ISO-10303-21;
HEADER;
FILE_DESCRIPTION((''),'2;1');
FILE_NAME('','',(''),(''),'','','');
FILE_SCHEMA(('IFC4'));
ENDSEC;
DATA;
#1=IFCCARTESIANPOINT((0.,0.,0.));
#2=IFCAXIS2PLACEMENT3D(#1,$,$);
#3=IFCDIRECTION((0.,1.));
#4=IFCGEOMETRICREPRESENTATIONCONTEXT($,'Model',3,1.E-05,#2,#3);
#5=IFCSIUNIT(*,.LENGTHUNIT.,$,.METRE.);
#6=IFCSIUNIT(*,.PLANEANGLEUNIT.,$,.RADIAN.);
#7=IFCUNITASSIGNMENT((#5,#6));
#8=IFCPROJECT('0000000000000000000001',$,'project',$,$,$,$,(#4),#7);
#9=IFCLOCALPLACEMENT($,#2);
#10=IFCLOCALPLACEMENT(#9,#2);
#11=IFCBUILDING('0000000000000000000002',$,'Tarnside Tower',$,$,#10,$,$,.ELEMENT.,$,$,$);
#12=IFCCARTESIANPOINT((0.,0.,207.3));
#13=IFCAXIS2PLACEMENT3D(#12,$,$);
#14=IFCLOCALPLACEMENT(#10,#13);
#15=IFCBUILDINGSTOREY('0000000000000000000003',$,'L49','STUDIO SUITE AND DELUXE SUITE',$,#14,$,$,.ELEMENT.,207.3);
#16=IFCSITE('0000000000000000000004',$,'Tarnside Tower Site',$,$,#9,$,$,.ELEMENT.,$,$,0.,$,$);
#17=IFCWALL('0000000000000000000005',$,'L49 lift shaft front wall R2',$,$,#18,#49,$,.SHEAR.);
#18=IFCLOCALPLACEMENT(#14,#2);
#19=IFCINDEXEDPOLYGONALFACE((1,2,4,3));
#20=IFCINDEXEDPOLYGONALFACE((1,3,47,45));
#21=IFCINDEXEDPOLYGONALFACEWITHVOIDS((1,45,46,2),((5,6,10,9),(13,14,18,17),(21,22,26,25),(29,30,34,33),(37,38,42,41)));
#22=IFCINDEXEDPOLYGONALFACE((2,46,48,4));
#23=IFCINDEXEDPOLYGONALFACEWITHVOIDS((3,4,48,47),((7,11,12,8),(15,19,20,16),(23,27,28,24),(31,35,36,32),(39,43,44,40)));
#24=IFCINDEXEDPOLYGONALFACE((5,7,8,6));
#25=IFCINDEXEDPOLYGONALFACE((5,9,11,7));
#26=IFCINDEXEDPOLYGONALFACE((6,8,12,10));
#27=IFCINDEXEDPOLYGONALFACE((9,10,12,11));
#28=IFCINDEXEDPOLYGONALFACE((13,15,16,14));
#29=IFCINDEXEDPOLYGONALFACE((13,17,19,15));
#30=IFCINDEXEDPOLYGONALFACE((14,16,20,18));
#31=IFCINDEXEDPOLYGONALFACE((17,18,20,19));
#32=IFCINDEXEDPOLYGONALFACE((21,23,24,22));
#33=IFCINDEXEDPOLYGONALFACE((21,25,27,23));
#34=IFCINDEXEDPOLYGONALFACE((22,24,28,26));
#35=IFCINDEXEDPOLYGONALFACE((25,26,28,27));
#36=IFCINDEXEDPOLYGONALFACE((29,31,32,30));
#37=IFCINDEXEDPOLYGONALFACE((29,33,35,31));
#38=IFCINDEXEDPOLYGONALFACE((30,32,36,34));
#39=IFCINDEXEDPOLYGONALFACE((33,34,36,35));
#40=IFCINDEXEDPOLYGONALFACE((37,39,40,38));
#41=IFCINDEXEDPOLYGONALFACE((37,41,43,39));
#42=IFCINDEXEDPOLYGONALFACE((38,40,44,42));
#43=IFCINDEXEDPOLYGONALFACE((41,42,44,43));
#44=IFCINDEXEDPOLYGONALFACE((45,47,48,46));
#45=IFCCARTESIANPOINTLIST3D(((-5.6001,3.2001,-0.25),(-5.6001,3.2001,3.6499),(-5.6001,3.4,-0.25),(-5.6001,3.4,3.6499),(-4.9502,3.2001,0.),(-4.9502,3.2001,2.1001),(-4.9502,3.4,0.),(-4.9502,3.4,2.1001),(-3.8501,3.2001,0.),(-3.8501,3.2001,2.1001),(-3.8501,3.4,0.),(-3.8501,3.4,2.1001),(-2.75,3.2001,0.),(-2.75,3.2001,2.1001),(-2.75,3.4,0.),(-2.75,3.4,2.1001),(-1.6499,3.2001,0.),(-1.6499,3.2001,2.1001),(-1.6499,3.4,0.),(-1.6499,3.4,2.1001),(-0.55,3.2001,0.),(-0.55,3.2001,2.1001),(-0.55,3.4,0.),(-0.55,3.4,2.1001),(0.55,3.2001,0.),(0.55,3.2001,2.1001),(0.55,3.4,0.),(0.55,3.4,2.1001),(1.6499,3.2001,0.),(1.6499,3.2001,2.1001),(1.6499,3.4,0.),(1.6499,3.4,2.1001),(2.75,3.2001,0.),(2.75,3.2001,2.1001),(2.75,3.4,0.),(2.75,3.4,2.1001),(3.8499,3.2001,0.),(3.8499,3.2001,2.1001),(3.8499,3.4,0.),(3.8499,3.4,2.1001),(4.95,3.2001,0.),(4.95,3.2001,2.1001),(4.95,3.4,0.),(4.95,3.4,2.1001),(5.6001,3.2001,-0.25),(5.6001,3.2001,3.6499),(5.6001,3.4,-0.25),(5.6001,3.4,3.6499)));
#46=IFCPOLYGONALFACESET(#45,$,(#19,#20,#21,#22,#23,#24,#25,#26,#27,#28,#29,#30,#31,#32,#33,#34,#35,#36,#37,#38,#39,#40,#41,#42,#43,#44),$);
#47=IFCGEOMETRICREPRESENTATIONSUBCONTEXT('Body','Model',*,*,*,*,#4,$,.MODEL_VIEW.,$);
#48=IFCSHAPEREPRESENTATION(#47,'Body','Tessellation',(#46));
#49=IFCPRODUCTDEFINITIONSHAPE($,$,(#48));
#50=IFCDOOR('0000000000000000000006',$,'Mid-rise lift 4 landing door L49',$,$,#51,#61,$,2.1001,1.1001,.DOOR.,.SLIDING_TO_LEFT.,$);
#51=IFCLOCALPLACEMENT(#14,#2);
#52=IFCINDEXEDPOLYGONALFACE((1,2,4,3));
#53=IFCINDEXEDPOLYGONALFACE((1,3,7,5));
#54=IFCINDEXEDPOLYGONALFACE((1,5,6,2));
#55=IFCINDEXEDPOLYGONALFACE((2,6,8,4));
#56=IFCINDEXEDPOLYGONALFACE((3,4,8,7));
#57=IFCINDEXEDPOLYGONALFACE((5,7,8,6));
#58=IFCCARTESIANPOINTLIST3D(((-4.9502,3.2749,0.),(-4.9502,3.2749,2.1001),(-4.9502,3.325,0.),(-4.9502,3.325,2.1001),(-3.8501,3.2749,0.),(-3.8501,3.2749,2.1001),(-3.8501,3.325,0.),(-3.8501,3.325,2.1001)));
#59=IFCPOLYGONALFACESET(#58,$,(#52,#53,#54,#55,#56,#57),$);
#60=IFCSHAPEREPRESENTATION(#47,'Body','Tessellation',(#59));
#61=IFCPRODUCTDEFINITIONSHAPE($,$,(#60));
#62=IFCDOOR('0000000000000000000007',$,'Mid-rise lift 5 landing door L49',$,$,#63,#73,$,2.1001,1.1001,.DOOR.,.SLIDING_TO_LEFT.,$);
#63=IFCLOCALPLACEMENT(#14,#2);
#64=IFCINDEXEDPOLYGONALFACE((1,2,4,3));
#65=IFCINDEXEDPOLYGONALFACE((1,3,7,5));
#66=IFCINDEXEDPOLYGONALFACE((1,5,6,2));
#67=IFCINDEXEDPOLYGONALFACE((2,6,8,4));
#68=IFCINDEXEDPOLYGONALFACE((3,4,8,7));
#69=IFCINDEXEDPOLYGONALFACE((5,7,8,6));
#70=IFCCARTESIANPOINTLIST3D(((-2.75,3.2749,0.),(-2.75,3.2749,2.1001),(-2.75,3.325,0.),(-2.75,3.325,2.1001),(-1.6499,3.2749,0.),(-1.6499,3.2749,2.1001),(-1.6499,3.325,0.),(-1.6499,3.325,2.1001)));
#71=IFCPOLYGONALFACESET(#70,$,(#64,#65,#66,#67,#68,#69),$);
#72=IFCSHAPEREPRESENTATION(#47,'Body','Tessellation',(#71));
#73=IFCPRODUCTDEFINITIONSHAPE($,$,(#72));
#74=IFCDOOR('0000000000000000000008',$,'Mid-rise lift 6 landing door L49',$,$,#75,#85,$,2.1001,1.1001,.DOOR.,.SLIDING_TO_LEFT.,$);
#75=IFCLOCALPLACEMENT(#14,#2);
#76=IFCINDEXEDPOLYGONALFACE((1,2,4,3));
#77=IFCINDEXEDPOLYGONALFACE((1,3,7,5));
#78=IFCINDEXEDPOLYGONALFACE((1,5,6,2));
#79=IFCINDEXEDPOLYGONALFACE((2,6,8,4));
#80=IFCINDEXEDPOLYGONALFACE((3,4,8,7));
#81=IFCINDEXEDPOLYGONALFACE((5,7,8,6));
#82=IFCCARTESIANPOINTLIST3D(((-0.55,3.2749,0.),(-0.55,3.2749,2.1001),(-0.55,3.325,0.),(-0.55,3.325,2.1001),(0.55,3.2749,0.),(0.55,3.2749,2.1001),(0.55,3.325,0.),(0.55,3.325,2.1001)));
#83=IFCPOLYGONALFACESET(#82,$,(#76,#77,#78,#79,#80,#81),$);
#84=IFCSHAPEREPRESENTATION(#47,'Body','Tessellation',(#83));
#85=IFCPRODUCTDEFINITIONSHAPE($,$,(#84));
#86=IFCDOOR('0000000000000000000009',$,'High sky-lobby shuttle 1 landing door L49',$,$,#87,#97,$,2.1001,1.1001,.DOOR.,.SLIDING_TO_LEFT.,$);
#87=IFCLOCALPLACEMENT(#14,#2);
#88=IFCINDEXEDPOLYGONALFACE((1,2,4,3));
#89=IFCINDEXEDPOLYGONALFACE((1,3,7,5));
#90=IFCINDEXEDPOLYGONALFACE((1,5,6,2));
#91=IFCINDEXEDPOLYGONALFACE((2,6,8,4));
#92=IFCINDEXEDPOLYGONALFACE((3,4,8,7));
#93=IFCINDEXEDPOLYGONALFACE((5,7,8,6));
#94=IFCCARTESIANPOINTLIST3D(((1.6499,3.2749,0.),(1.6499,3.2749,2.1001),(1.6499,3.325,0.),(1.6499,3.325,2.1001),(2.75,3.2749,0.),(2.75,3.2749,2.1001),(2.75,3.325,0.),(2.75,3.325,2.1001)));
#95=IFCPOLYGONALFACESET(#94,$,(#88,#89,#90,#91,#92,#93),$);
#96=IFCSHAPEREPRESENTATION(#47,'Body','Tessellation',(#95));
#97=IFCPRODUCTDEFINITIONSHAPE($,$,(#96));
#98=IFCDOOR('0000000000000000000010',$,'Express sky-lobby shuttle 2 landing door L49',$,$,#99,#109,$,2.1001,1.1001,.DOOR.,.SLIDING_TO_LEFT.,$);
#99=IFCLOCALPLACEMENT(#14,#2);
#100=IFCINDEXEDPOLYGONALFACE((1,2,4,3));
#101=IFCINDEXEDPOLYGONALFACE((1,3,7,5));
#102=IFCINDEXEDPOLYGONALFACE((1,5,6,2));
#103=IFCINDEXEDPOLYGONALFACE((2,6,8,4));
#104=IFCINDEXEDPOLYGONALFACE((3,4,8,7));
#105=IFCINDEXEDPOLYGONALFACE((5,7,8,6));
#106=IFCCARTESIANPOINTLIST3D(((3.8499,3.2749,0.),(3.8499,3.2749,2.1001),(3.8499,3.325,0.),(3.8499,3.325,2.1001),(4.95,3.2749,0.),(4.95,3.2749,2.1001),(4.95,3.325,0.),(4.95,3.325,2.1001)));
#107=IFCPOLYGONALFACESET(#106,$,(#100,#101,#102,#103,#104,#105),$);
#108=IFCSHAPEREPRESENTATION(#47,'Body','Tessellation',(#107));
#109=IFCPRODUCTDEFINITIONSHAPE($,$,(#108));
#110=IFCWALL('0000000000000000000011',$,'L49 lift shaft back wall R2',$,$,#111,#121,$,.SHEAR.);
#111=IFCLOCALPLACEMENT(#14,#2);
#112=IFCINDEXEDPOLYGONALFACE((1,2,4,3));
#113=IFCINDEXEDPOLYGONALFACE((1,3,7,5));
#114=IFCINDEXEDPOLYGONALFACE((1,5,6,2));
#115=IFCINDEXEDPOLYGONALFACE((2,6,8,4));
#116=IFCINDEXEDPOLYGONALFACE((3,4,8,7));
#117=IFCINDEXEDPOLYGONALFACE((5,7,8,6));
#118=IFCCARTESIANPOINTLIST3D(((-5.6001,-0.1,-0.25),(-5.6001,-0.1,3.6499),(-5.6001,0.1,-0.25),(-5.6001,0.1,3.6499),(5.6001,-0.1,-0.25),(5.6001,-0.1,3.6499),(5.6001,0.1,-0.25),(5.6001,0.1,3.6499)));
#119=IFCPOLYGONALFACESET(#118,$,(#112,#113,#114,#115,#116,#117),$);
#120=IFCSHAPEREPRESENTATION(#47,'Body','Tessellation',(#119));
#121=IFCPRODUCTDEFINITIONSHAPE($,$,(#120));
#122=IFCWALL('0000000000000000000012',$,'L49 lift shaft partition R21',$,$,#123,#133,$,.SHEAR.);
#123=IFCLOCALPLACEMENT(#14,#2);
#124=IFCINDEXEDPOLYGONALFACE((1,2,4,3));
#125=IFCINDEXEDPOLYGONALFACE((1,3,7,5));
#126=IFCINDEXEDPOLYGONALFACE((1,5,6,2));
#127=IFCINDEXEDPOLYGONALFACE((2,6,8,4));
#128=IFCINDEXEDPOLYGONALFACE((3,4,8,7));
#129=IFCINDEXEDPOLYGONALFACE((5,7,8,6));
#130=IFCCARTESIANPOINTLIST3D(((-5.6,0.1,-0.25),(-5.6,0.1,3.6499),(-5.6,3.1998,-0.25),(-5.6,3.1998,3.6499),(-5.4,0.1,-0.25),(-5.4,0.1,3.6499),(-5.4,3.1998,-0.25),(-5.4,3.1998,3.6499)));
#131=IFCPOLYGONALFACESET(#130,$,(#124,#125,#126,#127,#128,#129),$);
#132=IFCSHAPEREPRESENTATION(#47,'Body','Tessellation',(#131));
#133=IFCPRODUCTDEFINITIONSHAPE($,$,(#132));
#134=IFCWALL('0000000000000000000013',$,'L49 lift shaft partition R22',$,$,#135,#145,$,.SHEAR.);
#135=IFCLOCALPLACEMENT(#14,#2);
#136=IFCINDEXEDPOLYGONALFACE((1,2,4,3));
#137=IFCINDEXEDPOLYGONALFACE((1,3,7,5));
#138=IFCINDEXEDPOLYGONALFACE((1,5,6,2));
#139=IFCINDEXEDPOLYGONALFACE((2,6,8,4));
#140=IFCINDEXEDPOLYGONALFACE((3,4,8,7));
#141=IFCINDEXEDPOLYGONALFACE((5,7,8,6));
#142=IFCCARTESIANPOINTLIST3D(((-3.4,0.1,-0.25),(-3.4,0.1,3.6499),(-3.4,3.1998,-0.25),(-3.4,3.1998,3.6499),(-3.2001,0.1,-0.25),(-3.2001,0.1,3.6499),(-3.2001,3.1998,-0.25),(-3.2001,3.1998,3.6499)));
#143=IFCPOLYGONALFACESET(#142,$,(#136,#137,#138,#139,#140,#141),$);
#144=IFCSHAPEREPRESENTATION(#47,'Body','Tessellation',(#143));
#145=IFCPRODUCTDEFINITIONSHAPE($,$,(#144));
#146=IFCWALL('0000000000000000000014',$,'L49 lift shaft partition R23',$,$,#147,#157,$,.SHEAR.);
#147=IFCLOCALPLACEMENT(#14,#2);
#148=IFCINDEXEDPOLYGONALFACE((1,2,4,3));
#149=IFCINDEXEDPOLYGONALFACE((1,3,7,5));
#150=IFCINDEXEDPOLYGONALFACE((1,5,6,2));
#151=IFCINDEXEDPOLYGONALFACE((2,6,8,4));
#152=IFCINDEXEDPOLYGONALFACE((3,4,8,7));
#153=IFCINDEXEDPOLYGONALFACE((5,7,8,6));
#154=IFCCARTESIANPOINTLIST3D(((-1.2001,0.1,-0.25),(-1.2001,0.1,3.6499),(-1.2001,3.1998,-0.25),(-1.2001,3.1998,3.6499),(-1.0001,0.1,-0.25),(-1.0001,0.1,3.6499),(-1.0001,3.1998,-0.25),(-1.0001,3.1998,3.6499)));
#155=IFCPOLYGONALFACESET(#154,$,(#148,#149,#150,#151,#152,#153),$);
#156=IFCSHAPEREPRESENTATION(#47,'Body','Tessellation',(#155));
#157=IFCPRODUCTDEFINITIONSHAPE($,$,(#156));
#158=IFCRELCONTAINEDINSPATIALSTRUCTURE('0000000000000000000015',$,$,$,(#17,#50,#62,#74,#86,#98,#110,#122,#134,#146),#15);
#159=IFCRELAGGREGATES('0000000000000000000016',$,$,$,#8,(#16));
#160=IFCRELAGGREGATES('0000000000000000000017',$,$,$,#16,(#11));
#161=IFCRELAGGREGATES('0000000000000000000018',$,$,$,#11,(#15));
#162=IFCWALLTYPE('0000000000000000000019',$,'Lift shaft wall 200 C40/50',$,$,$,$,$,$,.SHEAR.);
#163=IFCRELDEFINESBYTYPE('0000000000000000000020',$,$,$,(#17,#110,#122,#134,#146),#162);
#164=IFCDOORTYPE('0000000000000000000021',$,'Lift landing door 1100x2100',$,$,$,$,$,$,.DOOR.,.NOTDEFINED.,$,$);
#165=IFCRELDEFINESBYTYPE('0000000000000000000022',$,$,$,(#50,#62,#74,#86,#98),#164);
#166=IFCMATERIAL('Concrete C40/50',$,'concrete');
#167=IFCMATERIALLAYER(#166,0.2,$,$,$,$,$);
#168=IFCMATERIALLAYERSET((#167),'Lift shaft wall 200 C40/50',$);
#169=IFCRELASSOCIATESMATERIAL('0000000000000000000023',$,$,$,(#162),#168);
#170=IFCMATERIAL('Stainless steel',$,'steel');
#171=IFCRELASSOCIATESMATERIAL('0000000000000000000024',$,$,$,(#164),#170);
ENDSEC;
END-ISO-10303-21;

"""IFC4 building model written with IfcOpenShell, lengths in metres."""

from ifc_helpers import new_model, si_unit, direction, frame, frame_2d, origin, place, context, subcontext, project, spatial, rectangle, extrude, material, layer, layer_set, type_object, element, fill, save


model = new_model("IFC4")

# Units and contexts
model_context = context("Model", 3, precision=1e-05, world=origin(), true_north=direction((0.0, 1.0)))
body_context = subcontext(model_context, "Body", "Model", "MODEL_VIEW")
ifc_project = project(units=[si_unit("LENGTHUNIT", "METRE"), si_unit("PLANEANGLEUNIT", "RADIAN")], contexts=[model_context])

# Site, building, storey
site_placement = place(None, origin())
site = spatial("IfcSite", under=ifc_project, at=site_placement, Name="Tarnside Tower Site", CompositionType="ELEMENT", RefElevation=0.0)
building_placement = place(site_placement, origin())
building = spatial("IfcBuilding", under=site, at=building_placement, Name="Tarnside Tower", CompositionType="ELEMENT")
storey_placement = place(building_placement, frame((0.0, 0.0, 207.3)))
storey = spatial("IfcBuildingStorey", under=building, at=storey_placement, Name="L49", Description="STUDIO SUITE AND DELUXE SUITE", CompositionType="ELEMENT", Elevation=207.3)

# Shared definitions
ifc_material_1 = material(Name="Concrete C40/50", Category="concrete")
ifc_layer_1 = layer(ifc_material_1, 0.2)
ifc_layer_set_1 = layer_set([ifc_layer_1], Name="Lift shaft wall 200 C40/50")
wall_type = type_object("IfcWallType", Name="Lift shaft wall 200 C40/50", PredefinedType="SHEAR", material=ifc_layer_set_1)
ifc_material_2 = material(Name="Stainless steel", Category="steel")
door_type_1 = type_object("IfcDoorType", Name="Lift landing door 1100x2100", OperationType="NOTDEFINED", PredefinedType="DOOR", material=ifc_material_2)

# Wall, openings, doors
wall_1_placement = place(storey_placement, frame((-5.6001, 3.3, -0.25), z_axis=(0.0, 0.0, 1.0), x_axis=(1.0, 0.0, 0.0)))
wall_1 = element("IfcWall", 1, at=wall_1_placement, inside=storey, type_object=wall_type, Name="L49 lift shaft front wall R2", PredefinedType="SHEAR", context=body_context, shape_type="SweptSolid", body=[
    extrude(rectangle(XDim=11.2002, YDim=0.2, at=frame_2d((5.6001, 0.0))), origin(), (0.0, 0.0, 1.0), 3.8999),
])
opening_1_placement = place(wall_1_placement, frame((0.6499, 0.0, 0.25)))
opening_1 = element("IfcOpeningElement", 2, at=opening_1_placement, cuts=wall_1, PredefinedType="OPENING", context=body_context, shape_type="SweptSolid", body=[
    extrude(rectangle(XDim=1.1001, YDim=2.1001, at=frame_2d((0.55, 1.05))), frame((0.0, 0.1099, 0.0), z_axis=(0.0, -1.0, 0.0), x_axis=(1.0, 0.0, 0.0)), (0.0, 0.0, 1.0), 0.22),
])
opening_2_placement = place(wall_1_placement, frame((2.8501, 0.0, 0.25)))
opening_2 = element("IfcOpeningElement", 3, at=opening_2_placement, cuts=wall_1, PredefinedType="OPENING", context=body_context, shape_type="SweptSolid", body=[
    extrude(rectangle(XDim=1.1001, YDim=2.1001, at=frame_2d((0.55, 1.05))), frame((0.0, 0.1099, 0.0), z_axis=(0.0, -1.0, 0.0), x_axis=(1.0, 0.0, 0.0)), (0.0, 0.0, 1.0), 0.22),
])
opening_3_placement = place(wall_1_placement, frame((5.05, 0.0, 0.25)))
opening_3 = element("IfcOpeningElement", 4, at=opening_3_placement, cuts=wall_1, PredefinedType="OPENING", context=body_context, shape_type="SweptSolid", body=[
    extrude(rectangle(XDim=1.1001, YDim=2.1001, at=frame_2d((0.55, 1.05))), frame((0.0, 0.1099, 0.0), z_axis=(0.0, -1.0, 0.0), x_axis=(1.0, 0.0, 0.0)), (0.0, 0.0, 1.0), 0.22),
])
opening_4_placement = place(wall_1_placement, frame((7.25, 0.0, 0.25)))
opening_4 = element("IfcOpeningElement", 5, at=opening_4_placement, cuts=wall_1, PredefinedType="OPENING", context=body_context, shape_type="SweptSolid", body=[
    extrude(rectangle(XDim=1.1001, YDim=2.1001, at=frame_2d((0.55, 1.05))), frame((0.0, 0.1099, 0.0), z_axis=(0.0, -1.0, 0.0), x_axis=(1.0, 0.0, 0.0)), (0.0, 0.0, 1.0), 0.22),
])
opening_5_placement = place(wall_1_placement, frame((9.45, 0.0, 0.25)))
opening_5 = element("IfcOpeningElement", 6, at=opening_5_placement, cuts=wall_1, PredefinedType="OPENING", context=body_context, shape_type="SweptSolid", body=[
    extrude(rectangle(XDim=1.1001, YDim=2.1001, at=frame_2d((0.55, 1.05))), frame((0.0, 0.1099, 0.0), z_axis=(0.0, -1.0, 0.0), x_axis=(1.0, 0.0, 0.0)), (0.0, 0.0, 1.0), 0.22),
])
door_1_placement = place(opening_1_placement, origin())
door_1 = element("IfcDoor", 7, at=door_1_placement, inside=storey, type_object=door_type_1, Name="Mid-rise lift 4 landing door L49", OperationType="SLIDING_TO_LEFT", OverallHeight=2.1001, OverallWidth=1.1001, PredefinedType="DOOR", context=body_context, shape_type="SweptSolid", body=[
    extrude(rectangle(XDim=1.1001, YDim=2.1001, at=frame_2d((0.55, 1.05))), frame((0.0, 0.0249, 0.0), z_axis=(0.0, -1.0, 0.0), x_axis=(1.0, 0.0, 0.0)), (0.0, 0.0, 1.0), 0.05),
])
fill(opening_1, door_1)
door_2_placement = place(opening_2_placement, origin())
door_2 = element("IfcDoor", 8, at=door_2_placement, inside=storey, type_object=door_type_1, Name="Mid-rise lift 5 landing door L49", OperationType="SLIDING_TO_LEFT", OverallHeight=2.1001, OverallWidth=1.1001, PredefinedType="DOOR", context=body_context, shape_type="SweptSolid", body=[
    extrude(rectangle(XDim=1.1001, YDim=2.1001, at=frame_2d((0.55, 1.05))), frame((0.0, 0.0249, 0.0), z_axis=(0.0, -1.0, 0.0), x_axis=(1.0, 0.0, 0.0)), (0.0, 0.0, 1.0), 0.05),
])
fill(opening_2, door_2)
door_3_placement = place(opening_3_placement, origin())
door_3 = element("IfcDoor", 9, at=door_3_placement, inside=storey, type_object=door_type_1, Name="Mid-rise lift 6 landing door L49", OperationType="SLIDING_TO_LEFT", OverallHeight=2.1001, OverallWidth=1.1001, PredefinedType="DOOR", context=body_context, shape_type="SweptSolid", body=[
    extrude(rectangle(XDim=1.1001, YDim=2.1001, at=frame_2d((0.55, 1.05))), frame((0.0, 0.0249, 0.0), z_axis=(0.0, -1.0, 0.0), x_axis=(1.0, 0.0, 0.0)), (0.0, 0.0, 1.0), 0.05),
])
fill(opening_3, door_3)
door_4_placement = place(opening_4_placement, origin())
door_4 = element("IfcDoor", 10, at=door_4_placement, inside=storey, type_object=door_type_1, Name="High sky-lobby shuttle 1 landing door L49", OperationType="SLIDING_TO_LEFT", OverallHeight=2.1001, OverallWidth=1.1001, PredefinedType="DOOR", context=body_context, shape_type="SweptSolid", body=[
    extrude(rectangle(XDim=1.1001, YDim=2.1001, at=frame_2d((0.55, 1.05))), frame((0.0, 0.0249, 0.0), z_axis=(0.0, -1.0, 0.0), x_axis=(1.0, 0.0, 0.0)), (0.0, 0.0, 1.0), 0.05),
])
fill(opening_4, door_4)
door_5_placement = place(opening_5_placement, origin())
door_5 = element("IfcDoor", 11, at=door_5_placement, inside=storey, type_object=door_type_1, Name="Express sky-lobby shuttle 2 landing door L49", OperationType="SLIDING_TO_LEFT", OverallHeight=2.1001, OverallWidth=1.1001, PredefinedType="DOOR", context=body_context, shape_type="SweptSolid", body=[
    extrude(rectangle(XDim=1.1001, YDim=2.1001, at=frame_2d((0.55, 1.05))), frame((0.0, 0.0249, 0.0), z_axis=(0.0, -1.0, 0.0), x_axis=(1.0, 0.0, 0.0)), (0.0, 0.0, 1.0), 0.05),
])
fill(opening_5, door_5)

# Walls
wall_2_placement = place(storey_placement, frame((-5.6001, 0.0, -0.25), z_axis=(0.0, 0.0, 1.0), x_axis=(1.0, 0.0, 0.0)))
element("IfcWall", 12, at=wall_2_placement, inside=storey, type_object=wall_type, Name="L49 lift shaft back wall R2", PredefinedType="SHEAR", context=body_context, shape_type="SweptSolid", body=[
    extrude(rectangle(XDim=11.2002, YDim=0.2, at=frame_2d((5.6001, 0.0))), origin(), (0.0, 0.0, 1.0), 3.8999),
])
for number, where, z_axis, x_axis, name in (
    (13, (-5.5, 0.1001, -0.25), (0.0, 0.0, 1.0), (0.0, 1.0, 0.0), "L49 lift shaft partition R21"),
    (14, (-3.3, 0.1001, -0.25), (0.0, 0.0, 1.0), (0.0, 1.0, 0.0), "L49 lift shaft partition R22"),
    (15, (-1.1001, 0.1001, -0.25), (0.0, 0.0, 1.0), (0.0, 1.0, 0.0), "L49 lift shaft partition R23"),
):
    element("IfcWall", number, at=place(storey_placement, frame(where, z_axis=z_axis, x_axis=x_axis)), inside=storey, type_object=wall_type, Name=name, PredefinedType="SHEAR", context=body_context, shape_type="SweptSolid", body=[
        extrude(rectangle(XDim=3.0999, YDim=0.2, at=frame_2d((1.5498, 0.0))), origin(), (0.0, 0.0, 1.0), 3.8999),
    ])

save(model, "model.ifc")
